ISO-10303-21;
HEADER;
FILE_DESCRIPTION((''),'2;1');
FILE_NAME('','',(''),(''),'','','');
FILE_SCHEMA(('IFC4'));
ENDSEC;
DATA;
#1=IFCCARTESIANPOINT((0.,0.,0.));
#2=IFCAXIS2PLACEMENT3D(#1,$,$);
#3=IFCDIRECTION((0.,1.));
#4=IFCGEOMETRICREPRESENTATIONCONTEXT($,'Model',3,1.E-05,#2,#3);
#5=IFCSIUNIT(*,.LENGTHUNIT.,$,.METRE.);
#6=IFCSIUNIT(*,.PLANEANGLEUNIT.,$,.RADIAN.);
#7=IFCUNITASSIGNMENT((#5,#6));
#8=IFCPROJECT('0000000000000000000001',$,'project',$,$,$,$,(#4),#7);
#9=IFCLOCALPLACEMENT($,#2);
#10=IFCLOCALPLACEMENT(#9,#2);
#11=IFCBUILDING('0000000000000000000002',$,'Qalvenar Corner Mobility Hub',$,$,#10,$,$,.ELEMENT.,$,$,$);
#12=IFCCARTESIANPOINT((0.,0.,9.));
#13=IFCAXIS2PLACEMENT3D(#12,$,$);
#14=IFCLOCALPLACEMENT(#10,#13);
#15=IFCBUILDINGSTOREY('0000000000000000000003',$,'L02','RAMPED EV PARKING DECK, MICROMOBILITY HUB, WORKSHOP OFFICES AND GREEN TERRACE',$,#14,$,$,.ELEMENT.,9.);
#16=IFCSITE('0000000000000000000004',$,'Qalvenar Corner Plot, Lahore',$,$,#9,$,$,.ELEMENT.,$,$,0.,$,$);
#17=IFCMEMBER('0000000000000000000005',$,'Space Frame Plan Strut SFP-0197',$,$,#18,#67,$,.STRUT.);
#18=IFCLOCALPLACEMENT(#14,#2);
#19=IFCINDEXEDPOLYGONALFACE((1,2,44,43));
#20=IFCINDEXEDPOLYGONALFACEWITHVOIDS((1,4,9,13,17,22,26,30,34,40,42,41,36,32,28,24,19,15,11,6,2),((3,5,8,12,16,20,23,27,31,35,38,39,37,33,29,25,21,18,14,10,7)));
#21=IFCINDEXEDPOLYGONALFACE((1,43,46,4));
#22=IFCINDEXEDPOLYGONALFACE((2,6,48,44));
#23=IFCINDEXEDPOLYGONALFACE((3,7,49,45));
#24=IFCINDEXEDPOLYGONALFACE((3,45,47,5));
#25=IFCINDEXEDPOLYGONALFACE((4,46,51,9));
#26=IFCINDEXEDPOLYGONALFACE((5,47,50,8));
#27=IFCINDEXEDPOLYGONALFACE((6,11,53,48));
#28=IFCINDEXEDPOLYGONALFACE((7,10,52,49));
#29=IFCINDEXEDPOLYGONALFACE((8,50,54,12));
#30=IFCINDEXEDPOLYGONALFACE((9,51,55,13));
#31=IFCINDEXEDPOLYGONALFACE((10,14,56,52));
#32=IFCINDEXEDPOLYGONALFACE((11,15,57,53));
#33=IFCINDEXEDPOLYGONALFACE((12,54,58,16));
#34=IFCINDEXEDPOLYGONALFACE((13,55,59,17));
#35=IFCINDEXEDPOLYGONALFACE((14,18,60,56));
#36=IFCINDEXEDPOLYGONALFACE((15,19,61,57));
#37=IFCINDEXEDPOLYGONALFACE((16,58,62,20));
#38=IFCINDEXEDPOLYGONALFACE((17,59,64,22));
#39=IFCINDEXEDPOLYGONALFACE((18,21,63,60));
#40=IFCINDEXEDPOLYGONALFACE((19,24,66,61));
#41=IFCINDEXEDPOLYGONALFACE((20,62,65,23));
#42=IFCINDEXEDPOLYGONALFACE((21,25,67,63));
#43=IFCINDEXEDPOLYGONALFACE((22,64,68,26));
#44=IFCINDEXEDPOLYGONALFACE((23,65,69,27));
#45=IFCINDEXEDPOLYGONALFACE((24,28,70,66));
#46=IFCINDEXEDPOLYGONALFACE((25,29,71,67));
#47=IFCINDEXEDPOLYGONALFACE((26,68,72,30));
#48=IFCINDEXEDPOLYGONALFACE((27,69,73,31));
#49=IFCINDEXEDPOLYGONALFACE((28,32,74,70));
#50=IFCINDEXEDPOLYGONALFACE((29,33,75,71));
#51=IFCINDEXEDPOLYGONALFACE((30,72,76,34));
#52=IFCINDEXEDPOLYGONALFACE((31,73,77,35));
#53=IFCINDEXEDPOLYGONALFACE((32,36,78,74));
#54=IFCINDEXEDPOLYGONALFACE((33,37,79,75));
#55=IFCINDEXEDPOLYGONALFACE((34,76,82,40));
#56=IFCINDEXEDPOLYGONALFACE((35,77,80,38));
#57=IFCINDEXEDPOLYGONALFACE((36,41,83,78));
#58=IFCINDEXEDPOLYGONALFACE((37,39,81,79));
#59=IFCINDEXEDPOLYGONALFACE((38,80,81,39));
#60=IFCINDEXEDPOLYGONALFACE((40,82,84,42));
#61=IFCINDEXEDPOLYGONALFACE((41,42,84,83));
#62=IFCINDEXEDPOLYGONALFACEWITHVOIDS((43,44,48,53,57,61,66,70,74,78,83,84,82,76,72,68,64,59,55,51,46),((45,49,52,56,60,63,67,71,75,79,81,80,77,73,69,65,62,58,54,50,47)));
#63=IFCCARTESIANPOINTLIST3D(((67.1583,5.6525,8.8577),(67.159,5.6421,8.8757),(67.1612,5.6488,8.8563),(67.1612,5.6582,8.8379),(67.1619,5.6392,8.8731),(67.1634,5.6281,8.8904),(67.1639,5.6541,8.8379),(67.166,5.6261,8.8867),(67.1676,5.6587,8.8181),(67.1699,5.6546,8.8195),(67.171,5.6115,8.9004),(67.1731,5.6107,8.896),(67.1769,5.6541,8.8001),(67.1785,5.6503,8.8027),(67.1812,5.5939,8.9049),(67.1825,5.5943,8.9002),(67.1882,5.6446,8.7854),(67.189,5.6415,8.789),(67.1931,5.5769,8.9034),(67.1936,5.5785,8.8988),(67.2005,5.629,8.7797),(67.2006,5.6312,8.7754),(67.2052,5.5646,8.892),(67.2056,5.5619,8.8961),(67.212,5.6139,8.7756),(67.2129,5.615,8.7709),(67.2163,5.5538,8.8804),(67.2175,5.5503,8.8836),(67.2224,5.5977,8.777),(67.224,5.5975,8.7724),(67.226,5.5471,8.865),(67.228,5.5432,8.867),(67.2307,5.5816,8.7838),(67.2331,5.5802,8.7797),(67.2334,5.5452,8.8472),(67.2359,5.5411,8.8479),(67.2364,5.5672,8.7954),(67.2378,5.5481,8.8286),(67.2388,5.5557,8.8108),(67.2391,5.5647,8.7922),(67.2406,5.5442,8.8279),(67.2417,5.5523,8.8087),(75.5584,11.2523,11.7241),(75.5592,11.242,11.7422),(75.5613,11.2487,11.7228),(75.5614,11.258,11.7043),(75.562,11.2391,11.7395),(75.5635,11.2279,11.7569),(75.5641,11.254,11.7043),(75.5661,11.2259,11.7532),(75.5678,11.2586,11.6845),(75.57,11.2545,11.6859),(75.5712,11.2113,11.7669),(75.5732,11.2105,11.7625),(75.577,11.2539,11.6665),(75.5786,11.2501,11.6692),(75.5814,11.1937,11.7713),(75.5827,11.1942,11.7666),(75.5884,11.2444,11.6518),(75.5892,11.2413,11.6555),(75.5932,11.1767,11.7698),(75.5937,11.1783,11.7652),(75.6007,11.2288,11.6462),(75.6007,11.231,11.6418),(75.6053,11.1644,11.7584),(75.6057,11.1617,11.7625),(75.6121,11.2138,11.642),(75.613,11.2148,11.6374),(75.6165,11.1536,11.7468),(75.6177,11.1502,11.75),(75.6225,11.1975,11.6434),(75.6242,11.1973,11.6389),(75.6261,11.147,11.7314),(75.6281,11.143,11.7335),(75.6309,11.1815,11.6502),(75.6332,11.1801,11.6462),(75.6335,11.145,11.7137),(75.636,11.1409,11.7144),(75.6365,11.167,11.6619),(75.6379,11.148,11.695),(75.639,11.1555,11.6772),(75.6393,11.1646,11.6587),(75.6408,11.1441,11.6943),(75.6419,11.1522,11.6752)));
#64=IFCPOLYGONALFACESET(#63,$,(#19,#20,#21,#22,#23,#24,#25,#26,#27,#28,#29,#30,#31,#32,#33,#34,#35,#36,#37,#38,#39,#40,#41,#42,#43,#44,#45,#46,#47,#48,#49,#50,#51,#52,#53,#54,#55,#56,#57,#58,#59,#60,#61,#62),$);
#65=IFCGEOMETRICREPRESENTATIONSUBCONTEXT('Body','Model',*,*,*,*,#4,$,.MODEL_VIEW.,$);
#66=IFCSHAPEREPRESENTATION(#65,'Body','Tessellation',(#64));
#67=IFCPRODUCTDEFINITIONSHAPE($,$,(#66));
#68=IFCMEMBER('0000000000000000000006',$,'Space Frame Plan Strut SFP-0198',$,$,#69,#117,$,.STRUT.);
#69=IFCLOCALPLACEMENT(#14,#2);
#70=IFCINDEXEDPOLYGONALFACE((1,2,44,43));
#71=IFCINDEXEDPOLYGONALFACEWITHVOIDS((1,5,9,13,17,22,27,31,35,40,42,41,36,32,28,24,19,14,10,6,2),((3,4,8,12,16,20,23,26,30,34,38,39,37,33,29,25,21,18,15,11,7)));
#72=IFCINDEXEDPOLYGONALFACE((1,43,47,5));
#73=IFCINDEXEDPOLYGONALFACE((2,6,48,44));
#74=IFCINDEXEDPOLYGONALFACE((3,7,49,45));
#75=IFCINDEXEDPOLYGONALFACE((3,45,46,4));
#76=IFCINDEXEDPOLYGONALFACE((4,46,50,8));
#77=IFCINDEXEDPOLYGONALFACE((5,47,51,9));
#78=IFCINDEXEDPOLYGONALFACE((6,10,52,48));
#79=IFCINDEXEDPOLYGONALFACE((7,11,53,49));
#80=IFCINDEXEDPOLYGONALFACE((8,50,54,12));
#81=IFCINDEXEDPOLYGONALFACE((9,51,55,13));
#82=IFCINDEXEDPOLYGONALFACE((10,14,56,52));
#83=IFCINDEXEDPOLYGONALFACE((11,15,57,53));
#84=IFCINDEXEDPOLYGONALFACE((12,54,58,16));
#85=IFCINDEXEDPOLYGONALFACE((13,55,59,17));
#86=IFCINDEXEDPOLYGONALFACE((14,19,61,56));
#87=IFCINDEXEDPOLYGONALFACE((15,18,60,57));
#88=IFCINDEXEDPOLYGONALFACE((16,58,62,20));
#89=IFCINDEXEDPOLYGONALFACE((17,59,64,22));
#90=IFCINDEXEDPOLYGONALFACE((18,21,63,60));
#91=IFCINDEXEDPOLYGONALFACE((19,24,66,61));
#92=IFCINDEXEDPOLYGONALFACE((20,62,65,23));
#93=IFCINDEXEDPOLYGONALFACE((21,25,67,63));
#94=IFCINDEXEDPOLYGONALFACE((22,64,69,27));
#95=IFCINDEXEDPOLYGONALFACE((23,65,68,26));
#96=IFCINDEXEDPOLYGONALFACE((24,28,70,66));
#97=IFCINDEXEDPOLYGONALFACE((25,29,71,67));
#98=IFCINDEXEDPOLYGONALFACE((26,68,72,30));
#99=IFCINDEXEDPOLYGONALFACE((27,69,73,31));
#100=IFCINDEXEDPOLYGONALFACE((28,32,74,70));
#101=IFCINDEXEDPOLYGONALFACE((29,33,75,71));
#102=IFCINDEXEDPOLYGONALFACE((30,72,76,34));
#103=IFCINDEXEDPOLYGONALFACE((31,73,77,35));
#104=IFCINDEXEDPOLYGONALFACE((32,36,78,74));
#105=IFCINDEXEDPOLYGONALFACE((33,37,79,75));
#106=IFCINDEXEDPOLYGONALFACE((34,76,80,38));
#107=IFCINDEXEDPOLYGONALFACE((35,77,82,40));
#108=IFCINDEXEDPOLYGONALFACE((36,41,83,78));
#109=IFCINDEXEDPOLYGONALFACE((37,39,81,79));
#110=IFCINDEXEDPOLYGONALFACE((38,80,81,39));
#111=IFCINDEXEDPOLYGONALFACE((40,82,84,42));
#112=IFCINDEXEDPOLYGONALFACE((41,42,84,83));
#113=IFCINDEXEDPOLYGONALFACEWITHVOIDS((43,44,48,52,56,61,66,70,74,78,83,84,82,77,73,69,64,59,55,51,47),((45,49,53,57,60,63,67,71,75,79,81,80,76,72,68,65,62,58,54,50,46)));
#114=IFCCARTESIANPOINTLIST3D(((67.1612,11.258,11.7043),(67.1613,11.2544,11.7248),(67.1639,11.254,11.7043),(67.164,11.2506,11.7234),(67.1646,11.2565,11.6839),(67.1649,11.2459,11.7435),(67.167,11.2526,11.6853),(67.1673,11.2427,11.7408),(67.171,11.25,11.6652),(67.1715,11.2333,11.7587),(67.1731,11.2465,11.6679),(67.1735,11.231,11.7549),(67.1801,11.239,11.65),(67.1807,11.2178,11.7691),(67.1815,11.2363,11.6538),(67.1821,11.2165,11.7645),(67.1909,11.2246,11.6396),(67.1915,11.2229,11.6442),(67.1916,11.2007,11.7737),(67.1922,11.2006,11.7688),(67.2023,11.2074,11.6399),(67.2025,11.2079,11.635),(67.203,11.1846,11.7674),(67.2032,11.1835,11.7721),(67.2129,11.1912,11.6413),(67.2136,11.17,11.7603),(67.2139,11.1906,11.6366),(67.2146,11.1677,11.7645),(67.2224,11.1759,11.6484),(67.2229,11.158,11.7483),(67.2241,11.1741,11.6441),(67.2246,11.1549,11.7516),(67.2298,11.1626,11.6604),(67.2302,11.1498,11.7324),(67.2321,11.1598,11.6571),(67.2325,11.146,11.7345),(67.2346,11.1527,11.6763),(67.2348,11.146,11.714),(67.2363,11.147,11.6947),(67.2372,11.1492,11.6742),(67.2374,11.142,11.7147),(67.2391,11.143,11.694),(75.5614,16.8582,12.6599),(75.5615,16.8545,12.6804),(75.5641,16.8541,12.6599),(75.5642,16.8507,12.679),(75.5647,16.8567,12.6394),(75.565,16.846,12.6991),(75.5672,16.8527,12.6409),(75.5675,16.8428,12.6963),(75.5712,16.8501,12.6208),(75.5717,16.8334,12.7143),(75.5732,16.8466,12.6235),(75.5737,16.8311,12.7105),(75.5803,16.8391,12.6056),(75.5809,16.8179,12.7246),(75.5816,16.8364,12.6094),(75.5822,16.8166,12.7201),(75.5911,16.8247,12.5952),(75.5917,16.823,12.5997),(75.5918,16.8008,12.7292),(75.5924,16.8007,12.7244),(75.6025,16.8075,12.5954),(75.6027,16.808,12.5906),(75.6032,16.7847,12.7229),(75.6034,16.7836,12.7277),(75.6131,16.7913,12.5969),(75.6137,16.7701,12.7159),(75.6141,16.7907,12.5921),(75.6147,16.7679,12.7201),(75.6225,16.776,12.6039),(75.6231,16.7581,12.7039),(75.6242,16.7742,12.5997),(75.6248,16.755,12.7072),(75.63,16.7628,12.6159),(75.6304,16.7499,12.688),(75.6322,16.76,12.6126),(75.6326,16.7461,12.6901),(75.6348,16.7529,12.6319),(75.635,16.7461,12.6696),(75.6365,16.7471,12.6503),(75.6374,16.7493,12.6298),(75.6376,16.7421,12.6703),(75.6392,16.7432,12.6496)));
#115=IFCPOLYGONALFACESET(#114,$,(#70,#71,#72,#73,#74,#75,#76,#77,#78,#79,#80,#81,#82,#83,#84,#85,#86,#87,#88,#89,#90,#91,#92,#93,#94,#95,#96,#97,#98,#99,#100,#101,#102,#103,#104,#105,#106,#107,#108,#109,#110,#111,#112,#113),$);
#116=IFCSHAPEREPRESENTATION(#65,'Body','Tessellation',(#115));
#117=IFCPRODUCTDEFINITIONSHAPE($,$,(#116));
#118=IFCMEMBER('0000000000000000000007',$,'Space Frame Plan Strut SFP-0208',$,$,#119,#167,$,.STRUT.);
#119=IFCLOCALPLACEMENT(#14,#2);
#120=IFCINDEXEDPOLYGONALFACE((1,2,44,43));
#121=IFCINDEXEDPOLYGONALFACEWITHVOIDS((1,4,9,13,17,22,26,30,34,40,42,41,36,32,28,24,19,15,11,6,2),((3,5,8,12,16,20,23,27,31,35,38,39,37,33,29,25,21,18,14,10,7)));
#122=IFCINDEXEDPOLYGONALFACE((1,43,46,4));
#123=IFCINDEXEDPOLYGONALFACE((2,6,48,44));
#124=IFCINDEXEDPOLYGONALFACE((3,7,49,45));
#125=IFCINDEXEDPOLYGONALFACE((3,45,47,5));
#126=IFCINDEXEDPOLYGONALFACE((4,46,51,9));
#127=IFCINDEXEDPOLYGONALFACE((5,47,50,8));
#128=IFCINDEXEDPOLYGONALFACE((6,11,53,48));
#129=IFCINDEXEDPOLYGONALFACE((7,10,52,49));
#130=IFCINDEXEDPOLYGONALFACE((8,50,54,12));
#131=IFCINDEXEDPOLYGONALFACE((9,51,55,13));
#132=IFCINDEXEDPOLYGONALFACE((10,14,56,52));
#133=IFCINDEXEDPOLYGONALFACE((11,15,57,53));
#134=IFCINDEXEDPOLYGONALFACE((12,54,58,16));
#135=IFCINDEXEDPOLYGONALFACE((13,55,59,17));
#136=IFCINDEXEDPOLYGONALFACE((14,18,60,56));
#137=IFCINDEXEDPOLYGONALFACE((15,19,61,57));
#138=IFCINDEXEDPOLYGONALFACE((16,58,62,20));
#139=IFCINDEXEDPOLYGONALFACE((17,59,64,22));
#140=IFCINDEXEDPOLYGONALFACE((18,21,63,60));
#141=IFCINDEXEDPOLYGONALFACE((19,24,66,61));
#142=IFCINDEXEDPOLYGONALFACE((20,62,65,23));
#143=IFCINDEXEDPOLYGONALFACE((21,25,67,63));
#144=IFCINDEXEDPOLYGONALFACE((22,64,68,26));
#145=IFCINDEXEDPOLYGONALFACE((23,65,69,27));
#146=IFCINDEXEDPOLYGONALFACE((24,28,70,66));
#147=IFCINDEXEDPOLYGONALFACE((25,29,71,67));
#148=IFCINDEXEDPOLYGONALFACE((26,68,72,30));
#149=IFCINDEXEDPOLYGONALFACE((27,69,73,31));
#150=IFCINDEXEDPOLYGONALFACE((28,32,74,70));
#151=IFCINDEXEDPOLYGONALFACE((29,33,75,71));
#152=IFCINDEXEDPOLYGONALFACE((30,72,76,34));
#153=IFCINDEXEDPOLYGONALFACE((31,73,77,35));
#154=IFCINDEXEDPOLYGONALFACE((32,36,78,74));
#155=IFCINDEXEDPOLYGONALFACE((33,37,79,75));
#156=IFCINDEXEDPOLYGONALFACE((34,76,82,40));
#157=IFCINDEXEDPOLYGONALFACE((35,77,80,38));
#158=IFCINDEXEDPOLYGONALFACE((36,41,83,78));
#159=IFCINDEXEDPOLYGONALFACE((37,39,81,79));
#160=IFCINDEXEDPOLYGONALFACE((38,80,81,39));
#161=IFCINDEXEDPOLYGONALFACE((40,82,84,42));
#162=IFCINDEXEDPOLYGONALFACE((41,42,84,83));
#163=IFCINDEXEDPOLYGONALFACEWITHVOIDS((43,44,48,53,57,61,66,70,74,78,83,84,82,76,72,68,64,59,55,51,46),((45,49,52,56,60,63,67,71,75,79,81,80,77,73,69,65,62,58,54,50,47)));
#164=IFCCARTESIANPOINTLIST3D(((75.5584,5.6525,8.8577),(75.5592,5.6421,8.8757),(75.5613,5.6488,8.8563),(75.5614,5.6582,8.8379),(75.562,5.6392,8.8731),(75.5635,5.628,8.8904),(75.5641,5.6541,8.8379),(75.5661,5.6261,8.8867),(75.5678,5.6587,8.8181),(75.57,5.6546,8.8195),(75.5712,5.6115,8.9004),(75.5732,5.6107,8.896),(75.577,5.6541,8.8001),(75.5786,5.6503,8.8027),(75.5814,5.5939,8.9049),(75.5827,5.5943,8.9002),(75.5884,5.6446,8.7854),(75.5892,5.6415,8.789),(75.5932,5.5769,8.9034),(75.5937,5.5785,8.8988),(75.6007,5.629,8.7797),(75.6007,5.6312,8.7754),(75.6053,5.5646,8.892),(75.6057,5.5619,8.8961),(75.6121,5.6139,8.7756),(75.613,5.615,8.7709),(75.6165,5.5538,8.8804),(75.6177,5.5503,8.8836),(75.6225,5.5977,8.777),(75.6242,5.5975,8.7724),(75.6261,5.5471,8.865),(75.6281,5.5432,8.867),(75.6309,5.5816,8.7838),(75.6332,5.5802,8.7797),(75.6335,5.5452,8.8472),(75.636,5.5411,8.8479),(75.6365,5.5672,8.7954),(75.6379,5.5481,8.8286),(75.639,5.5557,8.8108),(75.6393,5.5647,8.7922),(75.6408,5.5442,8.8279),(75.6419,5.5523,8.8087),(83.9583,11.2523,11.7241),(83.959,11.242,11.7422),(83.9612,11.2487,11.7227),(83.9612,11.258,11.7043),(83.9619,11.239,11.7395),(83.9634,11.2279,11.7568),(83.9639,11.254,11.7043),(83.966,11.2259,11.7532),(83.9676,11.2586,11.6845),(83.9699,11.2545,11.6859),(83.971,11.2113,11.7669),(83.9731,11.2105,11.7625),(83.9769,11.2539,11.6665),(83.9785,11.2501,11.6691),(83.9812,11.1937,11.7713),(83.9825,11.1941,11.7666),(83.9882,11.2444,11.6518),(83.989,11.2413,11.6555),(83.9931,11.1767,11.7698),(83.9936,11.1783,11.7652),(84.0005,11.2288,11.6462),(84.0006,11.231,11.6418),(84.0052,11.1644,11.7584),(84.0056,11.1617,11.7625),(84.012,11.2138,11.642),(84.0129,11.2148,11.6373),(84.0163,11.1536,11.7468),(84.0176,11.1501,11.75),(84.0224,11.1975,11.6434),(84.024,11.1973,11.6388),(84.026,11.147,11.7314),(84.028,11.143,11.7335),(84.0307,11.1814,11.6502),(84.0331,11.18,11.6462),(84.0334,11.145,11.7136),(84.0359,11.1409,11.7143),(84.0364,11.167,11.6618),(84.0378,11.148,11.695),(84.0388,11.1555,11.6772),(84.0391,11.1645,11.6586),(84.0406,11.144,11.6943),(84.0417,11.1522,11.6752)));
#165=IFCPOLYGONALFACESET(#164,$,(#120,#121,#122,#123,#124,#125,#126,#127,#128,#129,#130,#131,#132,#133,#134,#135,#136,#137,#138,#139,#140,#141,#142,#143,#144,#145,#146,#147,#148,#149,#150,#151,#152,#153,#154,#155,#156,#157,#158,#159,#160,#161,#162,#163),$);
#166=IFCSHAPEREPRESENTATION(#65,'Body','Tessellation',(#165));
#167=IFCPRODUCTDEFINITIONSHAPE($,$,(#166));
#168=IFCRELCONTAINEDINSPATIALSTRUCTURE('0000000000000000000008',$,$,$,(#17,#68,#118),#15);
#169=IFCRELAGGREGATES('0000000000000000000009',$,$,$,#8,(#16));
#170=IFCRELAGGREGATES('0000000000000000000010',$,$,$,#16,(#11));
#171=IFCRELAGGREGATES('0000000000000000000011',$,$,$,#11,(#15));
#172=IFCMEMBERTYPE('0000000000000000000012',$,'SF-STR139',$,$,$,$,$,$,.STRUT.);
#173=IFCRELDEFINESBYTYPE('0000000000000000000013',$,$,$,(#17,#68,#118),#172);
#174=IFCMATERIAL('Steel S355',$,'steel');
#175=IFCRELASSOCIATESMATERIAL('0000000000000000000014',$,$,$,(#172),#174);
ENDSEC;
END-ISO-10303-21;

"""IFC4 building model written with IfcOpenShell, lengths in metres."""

from ifc_helpers import new_model, si_unit, direction, frame, origin, origin_2d, place, context, subcontext, project, spatial, hollow_circle, extrude, material, material_profile, profile_set, type_object, element, save


model = new_model("IFC4")

# Units and contexts
model_context = context("Model", 3, precision=1e-05, world=origin(), true_north=direction((0.0, 1.0)))
body_context = subcontext(model_context, "Body", "Model", "MODEL_VIEW")
ifc_project = project(units=[si_unit("LENGTHUNIT", "METRE"), si_unit("PLANEANGLEUNIT", "RADIAN")], contexts=[model_context])

# Site, building, storey
site_placement = place(None, origin())
site = spatial("IfcSite", under=ifc_project, at=site_placement, Name="Qalvenar Corner Plot, Lahore", CompositionType="ELEMENT", RefElevation=0.0)
building_placement = place(site_placement, origin())
building = spatial("IfcBuilding", under=site, at=building_placement, Name="Qalvenar Corner Mobility Hub", CompositionType="ELEMENT")
storey_placement = place(building_placement, frame((0.0, 0.0, 9.0)))
storey = spatial("IfcBuildingStorey", under=building, at=storey_placement, Name="L02", Description="RAMPED EV PARKING DECK, MICROMOBILITY HUB, WORKSHOP OFFICES AND GREEN TERRACE", CompositionType="ELEMENT", Elevation=9.0)

# Members
ifc_material_1 = material(Name="Steel S355", Category="steel")
ifc_material_profile_1 = material_profile(ifc_material_1, hollow_circle(Radius=0.0698, WallThickness=0.0049, at=origin_2d()), Name="CHS139.7x5")
ifc_profile_set_1 = profile_set([ifc_material_profile_1], Name="Steel S355")
member_type_1 = type_object("IfcMemberType", Name="SF-STR139", PredefinedType="STRUT", material=ifc_profile_set_1)
member_1_placement = place(storey_placement, frame((67.2, 5.6001, 8.8379), z_axis=(0.800423, 0.533592, 0.273135), x_axis=(-0.554683, 0.832061, 0.0)))
element("IfcMember", 1, at=member_1_placement, inside=storey, type_object=member_type_1, Name="Space Frame Plan Strut SFP-0197", PredefinedType="STRUT", context=body_context, shape_type="SweptSolid", body=[
    extrude(hollow_circle(Radius=0.0698, WallThickness=0.0049, at=origin_2d()), origin(), (0.0, 0.0, 1.0), 10.4946),
])
member_2_placement = place(storey_placement, frame((67.2, 11.2, 11.7043), z_axis=(0.828348, 0.552232, 0.09423), x_axis=(-0.5547, 0.83205, 0.0)))
element("IfcMember", 2, at=member_2_placement, inside=storey, type_object=member_type_1, Name="Space Frame Plan Strut SFP-0198", PredefinedType="STRUT", context=body_context, shape_type="SweptSolid", body=[
    extrude(hollow_circle(Radius=0.0698, WallThickness=0.0049, at=origin_2d()), origin(), (0.0, 0.0, 1.0), 10.1409),
])
member_3_placement = place(storey_placement, frame((75.6001, 5.6001, 8.8379), z_axis=(0.800414, 0.533602, 0.27314), x_axis=(-0.554695, 0.832054, 0.0)))
element("IfcMember", 3, at=member_3_placement, inside=storey, type_object=member_type_1, Name="Space Frame Plan Strut SFP-0208", PredefinedType="STRUT", context=body_context, shape_type="SweptSolid", body=[
    extrude(hollow_circle(Radius=0.0698, WallThickness=0.0049, at=origin_2d()), origin(), (0.0, 0.0, 1.0), 10.4944),
])

save(model, "model.ifc")
